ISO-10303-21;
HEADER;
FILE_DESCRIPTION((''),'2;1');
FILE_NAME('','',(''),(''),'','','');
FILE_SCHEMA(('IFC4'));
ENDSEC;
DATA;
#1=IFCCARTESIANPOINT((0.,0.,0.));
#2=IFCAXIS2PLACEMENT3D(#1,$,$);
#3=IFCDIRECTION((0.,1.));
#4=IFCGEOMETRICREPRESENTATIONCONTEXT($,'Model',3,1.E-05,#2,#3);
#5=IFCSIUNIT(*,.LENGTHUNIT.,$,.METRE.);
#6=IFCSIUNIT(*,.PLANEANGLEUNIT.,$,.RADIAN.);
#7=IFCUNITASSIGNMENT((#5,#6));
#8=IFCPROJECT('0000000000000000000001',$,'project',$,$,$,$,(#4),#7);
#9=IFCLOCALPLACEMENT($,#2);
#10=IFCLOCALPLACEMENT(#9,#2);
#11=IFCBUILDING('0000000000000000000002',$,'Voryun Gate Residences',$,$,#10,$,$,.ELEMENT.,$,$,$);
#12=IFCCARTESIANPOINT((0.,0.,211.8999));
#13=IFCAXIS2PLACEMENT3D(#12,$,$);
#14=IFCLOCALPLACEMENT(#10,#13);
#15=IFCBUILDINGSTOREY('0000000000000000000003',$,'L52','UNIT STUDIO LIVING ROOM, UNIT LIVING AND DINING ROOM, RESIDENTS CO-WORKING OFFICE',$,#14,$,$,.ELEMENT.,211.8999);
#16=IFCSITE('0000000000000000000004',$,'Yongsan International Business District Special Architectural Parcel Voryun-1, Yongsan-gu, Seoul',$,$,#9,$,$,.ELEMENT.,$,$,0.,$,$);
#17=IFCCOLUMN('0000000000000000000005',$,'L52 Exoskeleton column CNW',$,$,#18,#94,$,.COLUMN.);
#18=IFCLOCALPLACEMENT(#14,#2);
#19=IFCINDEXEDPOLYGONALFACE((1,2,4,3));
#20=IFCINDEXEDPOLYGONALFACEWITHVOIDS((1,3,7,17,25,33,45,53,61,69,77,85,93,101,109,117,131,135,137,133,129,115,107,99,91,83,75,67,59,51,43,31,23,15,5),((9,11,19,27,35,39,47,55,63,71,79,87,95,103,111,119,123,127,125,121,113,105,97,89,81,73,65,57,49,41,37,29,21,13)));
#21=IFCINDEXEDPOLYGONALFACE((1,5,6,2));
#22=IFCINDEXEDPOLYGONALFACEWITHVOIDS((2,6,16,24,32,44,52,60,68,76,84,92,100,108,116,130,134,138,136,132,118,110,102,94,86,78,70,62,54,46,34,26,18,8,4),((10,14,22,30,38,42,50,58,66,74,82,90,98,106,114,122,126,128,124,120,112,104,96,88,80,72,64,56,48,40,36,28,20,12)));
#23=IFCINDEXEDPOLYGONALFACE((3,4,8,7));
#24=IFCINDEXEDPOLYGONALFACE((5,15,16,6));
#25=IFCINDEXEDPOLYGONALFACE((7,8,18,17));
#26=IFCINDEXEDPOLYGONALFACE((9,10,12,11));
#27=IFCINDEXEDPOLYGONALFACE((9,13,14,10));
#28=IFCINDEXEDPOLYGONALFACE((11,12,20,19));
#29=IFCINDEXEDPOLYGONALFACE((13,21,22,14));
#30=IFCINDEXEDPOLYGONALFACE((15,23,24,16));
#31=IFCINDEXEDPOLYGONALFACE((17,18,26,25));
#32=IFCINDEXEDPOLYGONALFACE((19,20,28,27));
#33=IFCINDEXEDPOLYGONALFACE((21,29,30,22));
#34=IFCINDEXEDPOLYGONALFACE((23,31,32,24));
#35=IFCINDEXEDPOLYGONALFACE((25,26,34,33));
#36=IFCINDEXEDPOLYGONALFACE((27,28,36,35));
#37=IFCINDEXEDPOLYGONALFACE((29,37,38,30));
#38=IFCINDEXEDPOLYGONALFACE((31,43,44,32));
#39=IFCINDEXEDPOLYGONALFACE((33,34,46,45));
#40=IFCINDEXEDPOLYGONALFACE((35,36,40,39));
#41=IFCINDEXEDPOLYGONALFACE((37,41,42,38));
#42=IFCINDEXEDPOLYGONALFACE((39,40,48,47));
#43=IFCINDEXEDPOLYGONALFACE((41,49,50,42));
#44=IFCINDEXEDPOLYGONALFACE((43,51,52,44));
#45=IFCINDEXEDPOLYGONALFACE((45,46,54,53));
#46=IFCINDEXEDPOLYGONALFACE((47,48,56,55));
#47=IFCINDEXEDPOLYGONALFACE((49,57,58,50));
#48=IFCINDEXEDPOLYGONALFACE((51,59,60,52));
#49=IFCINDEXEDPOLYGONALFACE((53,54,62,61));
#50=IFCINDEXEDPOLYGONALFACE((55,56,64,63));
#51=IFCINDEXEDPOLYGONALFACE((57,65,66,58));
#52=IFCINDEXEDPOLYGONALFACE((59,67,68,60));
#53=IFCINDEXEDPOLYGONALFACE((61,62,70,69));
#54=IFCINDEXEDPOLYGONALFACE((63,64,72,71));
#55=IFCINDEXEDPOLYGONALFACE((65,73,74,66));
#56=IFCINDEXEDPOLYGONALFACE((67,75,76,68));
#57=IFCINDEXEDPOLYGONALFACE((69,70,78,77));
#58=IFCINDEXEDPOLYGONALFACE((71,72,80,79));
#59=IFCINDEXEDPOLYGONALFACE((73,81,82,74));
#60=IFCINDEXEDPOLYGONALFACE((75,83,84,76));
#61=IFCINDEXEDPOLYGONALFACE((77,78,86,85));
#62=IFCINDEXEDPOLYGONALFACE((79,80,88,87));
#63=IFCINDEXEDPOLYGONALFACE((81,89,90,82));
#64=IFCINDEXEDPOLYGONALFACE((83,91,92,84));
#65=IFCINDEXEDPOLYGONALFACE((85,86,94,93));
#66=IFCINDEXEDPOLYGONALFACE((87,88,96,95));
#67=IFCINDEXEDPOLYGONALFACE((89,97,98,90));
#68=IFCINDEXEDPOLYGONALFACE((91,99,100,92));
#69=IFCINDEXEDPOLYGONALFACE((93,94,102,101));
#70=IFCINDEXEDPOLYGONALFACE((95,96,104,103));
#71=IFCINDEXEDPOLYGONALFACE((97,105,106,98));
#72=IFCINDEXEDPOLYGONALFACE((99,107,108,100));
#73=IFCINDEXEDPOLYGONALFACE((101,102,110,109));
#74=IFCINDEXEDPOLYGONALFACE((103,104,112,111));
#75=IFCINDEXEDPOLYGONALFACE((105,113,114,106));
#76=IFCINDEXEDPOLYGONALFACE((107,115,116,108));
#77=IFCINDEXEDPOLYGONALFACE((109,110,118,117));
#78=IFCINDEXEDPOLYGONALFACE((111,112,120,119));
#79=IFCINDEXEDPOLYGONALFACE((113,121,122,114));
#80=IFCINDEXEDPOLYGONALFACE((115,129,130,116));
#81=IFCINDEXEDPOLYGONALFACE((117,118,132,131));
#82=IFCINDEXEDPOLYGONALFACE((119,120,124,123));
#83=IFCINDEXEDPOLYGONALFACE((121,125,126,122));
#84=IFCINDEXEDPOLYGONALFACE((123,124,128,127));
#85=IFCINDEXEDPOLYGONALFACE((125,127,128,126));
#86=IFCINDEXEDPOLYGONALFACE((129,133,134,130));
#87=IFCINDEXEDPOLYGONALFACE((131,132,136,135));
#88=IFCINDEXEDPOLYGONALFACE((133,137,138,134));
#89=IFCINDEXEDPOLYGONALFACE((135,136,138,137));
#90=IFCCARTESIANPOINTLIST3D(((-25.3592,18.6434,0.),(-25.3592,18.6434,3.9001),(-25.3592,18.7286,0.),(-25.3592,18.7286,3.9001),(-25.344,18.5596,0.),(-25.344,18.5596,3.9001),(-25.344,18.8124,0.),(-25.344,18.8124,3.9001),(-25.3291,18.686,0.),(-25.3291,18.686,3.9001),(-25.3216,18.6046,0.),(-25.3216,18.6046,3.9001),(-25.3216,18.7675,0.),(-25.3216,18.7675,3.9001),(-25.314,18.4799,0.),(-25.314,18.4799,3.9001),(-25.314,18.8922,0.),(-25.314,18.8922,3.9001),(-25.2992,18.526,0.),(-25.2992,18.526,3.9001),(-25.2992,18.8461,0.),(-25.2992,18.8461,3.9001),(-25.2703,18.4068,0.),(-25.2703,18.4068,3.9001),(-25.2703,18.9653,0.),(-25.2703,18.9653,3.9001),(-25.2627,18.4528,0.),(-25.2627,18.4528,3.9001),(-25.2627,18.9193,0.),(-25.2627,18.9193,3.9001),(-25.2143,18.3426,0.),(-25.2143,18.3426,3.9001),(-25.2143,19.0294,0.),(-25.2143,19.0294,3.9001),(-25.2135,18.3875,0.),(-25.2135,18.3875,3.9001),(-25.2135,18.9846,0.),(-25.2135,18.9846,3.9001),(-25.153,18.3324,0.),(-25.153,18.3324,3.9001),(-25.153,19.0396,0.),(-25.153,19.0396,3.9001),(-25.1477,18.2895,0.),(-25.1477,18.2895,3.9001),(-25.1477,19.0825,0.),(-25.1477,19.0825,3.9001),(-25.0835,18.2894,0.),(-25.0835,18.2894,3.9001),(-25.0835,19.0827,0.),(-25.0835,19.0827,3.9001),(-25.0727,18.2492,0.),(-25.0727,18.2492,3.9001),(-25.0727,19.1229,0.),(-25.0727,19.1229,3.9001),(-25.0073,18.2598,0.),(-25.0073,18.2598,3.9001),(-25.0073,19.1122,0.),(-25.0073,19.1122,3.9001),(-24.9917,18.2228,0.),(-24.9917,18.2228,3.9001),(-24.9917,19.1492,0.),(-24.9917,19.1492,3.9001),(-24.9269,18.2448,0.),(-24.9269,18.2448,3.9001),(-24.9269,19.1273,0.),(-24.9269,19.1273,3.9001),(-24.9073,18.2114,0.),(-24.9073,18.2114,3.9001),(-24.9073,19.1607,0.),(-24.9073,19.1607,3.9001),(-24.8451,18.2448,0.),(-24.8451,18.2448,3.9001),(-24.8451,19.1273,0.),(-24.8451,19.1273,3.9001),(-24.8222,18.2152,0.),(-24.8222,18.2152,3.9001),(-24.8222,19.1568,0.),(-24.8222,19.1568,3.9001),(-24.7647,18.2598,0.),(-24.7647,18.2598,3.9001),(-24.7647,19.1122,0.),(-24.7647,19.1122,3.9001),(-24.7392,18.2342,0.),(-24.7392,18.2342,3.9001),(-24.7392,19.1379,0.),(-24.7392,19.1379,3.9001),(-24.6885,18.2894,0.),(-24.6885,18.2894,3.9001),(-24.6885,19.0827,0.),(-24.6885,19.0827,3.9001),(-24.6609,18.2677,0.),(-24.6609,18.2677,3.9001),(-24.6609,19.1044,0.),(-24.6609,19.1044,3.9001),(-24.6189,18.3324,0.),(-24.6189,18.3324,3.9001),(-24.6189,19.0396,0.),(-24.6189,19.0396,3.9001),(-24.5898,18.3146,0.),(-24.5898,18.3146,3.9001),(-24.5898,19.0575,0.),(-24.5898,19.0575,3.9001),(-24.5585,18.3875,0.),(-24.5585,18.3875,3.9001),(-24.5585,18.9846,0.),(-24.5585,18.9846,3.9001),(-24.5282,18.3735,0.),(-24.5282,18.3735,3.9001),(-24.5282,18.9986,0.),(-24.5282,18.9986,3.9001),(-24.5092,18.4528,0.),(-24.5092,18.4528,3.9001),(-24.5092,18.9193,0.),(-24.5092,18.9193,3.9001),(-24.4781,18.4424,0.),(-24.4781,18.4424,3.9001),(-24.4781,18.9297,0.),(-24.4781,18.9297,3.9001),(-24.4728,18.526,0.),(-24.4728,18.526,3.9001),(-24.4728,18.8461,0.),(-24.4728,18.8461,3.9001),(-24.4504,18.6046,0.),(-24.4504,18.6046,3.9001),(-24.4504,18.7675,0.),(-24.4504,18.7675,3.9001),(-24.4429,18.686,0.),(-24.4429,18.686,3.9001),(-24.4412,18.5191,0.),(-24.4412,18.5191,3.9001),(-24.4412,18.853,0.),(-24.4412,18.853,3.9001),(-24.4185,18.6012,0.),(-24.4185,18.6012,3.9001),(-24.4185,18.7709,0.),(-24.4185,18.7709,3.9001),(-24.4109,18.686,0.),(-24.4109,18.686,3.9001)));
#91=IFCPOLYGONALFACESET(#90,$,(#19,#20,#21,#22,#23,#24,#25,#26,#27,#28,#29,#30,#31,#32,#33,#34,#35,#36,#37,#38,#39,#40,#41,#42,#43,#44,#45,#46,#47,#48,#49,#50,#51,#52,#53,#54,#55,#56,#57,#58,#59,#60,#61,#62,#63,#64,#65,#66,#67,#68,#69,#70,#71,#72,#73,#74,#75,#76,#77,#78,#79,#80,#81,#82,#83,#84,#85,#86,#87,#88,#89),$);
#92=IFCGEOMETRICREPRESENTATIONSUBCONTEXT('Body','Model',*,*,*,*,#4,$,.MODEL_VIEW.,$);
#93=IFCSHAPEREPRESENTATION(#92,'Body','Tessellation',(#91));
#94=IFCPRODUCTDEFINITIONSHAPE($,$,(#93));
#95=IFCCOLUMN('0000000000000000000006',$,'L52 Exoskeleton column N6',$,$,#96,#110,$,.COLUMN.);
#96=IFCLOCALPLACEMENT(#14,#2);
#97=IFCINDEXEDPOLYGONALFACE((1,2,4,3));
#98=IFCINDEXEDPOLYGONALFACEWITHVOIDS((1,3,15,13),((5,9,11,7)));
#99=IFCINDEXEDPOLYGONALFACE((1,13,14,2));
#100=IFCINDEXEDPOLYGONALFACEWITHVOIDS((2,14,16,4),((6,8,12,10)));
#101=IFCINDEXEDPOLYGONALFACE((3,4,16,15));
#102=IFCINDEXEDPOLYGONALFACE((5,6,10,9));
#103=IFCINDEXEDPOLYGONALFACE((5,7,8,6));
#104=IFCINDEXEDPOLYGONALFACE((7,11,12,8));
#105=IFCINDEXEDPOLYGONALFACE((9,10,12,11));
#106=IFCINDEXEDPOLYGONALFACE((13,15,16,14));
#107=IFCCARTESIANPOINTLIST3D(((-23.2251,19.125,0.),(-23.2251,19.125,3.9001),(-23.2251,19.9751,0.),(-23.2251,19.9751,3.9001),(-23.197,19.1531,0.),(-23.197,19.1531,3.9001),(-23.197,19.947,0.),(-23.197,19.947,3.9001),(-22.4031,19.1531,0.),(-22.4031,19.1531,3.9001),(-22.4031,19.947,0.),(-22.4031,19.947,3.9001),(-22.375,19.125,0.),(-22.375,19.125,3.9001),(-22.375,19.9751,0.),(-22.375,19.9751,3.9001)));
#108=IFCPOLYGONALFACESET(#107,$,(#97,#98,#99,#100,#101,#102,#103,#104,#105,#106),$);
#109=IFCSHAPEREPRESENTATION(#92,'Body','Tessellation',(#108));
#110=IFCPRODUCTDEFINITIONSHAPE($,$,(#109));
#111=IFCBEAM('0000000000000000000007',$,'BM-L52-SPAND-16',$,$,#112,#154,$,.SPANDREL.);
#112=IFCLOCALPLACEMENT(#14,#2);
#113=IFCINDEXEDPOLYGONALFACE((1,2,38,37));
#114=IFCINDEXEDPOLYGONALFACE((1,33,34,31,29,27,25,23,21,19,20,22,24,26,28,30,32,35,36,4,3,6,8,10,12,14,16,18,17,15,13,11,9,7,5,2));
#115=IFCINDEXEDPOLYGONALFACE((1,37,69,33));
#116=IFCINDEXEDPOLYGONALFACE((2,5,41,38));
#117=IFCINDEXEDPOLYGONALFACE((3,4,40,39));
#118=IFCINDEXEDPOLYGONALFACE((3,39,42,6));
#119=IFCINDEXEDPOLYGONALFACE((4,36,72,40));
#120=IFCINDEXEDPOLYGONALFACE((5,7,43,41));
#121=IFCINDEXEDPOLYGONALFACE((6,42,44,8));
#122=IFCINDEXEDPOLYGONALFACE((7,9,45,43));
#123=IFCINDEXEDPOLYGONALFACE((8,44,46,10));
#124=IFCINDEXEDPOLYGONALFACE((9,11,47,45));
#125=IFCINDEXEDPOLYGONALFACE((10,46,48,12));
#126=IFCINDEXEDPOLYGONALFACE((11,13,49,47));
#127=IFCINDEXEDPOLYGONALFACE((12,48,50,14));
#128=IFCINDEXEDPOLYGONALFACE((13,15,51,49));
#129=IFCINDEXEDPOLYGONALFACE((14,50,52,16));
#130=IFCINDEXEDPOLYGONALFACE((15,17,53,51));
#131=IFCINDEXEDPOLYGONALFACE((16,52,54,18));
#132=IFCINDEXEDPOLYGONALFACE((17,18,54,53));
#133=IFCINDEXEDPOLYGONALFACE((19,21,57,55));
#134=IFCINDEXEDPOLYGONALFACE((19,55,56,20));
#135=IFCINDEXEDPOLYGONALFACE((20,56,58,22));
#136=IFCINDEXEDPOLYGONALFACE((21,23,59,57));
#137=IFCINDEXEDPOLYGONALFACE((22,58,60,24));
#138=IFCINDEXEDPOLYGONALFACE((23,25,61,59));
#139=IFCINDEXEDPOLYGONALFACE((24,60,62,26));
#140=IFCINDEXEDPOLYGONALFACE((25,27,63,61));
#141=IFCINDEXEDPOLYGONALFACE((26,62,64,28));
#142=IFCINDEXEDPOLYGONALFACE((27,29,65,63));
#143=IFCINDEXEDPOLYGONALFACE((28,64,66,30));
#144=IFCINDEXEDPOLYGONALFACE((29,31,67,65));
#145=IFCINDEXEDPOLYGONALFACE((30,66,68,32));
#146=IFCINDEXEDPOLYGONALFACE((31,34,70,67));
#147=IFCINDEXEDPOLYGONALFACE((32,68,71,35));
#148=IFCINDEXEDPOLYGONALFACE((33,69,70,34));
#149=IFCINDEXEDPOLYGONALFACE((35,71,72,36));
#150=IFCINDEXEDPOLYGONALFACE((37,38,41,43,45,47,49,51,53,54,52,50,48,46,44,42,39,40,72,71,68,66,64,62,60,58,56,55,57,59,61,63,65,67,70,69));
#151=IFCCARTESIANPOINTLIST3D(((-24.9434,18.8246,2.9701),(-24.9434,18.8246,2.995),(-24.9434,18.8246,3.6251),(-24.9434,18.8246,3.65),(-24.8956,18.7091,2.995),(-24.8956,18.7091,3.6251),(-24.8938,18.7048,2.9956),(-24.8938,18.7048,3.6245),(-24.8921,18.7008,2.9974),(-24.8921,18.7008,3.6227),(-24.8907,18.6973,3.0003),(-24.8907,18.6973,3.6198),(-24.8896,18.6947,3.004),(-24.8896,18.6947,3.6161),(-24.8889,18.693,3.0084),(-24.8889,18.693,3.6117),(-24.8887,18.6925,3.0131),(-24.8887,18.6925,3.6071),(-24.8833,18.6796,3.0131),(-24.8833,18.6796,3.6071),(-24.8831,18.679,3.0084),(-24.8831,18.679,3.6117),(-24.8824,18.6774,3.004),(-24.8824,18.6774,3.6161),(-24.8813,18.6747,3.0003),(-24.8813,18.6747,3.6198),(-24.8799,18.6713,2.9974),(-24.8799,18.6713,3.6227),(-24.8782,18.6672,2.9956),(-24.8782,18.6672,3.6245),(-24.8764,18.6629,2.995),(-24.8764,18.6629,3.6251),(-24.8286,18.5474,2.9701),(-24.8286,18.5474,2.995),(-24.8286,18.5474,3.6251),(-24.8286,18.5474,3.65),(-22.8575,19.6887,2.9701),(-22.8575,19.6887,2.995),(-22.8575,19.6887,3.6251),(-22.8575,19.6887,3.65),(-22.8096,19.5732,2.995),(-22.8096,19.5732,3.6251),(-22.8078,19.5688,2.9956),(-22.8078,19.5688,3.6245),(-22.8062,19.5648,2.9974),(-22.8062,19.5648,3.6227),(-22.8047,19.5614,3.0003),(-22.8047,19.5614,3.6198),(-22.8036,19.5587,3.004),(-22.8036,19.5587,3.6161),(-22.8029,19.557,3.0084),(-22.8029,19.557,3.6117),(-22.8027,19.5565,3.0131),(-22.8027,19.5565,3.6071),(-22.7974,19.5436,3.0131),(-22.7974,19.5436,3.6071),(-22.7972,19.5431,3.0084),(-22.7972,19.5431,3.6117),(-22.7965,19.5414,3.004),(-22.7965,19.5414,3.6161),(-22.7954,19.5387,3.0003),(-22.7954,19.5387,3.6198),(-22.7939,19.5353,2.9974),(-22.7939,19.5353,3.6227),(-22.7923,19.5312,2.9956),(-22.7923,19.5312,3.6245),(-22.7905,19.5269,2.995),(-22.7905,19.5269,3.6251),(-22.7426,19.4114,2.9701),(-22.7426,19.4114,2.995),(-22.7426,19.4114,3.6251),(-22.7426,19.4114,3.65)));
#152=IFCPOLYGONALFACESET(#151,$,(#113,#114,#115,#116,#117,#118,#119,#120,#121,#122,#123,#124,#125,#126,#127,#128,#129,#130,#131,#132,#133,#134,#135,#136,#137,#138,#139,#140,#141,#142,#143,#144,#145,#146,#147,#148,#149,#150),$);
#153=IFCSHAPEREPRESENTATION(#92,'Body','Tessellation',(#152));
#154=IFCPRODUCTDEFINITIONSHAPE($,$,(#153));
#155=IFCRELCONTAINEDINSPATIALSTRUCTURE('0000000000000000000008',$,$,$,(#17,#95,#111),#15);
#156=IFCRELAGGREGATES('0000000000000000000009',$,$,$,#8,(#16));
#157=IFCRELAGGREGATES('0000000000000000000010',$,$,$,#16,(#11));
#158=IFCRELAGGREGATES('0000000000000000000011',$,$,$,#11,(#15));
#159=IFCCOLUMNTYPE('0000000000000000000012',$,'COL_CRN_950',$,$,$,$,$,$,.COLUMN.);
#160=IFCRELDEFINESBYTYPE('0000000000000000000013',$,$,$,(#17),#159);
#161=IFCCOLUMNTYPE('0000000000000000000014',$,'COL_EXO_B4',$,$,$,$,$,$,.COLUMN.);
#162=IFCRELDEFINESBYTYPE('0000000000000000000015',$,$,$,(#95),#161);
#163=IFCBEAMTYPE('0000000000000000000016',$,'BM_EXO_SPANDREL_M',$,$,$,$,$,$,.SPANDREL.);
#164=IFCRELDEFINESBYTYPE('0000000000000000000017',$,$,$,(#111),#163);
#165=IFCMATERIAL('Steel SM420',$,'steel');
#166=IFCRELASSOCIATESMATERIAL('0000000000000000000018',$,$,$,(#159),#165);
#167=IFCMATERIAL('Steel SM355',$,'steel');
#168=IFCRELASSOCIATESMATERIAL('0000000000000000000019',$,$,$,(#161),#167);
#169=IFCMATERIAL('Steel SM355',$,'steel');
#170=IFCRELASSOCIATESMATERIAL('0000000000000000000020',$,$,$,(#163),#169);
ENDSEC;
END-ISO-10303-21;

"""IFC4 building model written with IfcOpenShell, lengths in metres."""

from ifc_helpers import new_model, si_unit, direction, frame, origin, origin_2d, place, context, subcontext, project, spatial, hollow_rectangle, hollow_circle, i_section, extrude, material, material_profile, profile_set, type_object, element, save


model = new_model("IFC4")

# Units and contexts
model_context = context("Model", 3, precision=1e-05, world=origin(), true_north=direction((0.0, 1.0)))
body_context = subcontext(model_context, "Body", "Model", "MODEL_VIEW")
ifc_project = project(units=[si_unit("LENGTHUNIT", "METRE"), si_unit("PLANEANGLEUNIT", "RADIAN")], contexts=[model_context])

# Site, building, storey
site_placement = place(None, origin())
site = spatial("IfcSite", under=ifc_project, at=site_placement, Name="Yongsan International Business District Special Architectural Parcel Voryun-1, Yongsan-gu, Seoul", CompositionType="ELEMENT", RefElevation=0.0)
building_placement = place(site_placement, origin())
building = spatial("IfcBuilding", under=site, at=building_placement, Name="Voryun Gate Residences", CompositionType="ELEMENT")
storey_placement = place(building_placement, frame((0.0, 0.0, 211.8999)))
storey = spatial("IfcBuildingStorey", under=building, at=storey_placement, Name="L52", Description="UNIT STUDIO LIVING ROOM, UNIT LIVING AND DINING ROOM, RESIDENTS CO-WORKING OFFICE", CompositionType="ELEMENT", Elevation=211.8999)

# Columns
ifc_material_1 = material(Name="Steel SM420", Category="steel")
ifc_material_profile_1 = material_profile(ifc_material_1, hollow_circle(Radius=0.4751, WallThickness=0.032, at=origin_2d()), Name="CHS-950x32")
ifc_profile_set_1 = profile_set([ifc_material_profile_1], Name="Steel SM420")
column_type_1 = type_object("IfcColumnType", Name="COL_CRN_950", PredefinedType="COLUMN", material=ifc_profile_set_1)
column_1_placement = place(storey_placement, frame((-24.886, 18.686, 0.0), z_axis=(0.0, 0.0, 1.0), x_axis=(1.0, 0.0, 0.0)))
element("IfcColumn", 1, at=column_1_placement, inside=storey, type_object=column_type_1, Name="L52 Exoskeleton column CNW", PredefinedType="COLUMN", context=body_context, shape_type="SweptSolid", body=[
    extrude(hollow_circle(Radius=0.4751, WallThickness=0.032, at=origin_2d()), origin(), (0.0, 0.0, 1.0), 3.9001),
])
ifc_material_2 = material(Name="Steel SM355", Category="steel")
ifc_material_profile_2 = material_profile(ifc_material_2, hollow_rectangle(XDim=0.8501, YDim=0.8501, WallThickness=0.0281, at=origin_2d()), Name="BOX-850x850x28")
ifc_profile_set_2 = profile_set([ifc_material_profile_2], Name="Steel SM355")
column_type_2 = type_object("IfcColumnType", Name="COL_EXO_B4", PredefinedType="COLUMN", material=ifc_profile_set_2)
column_2_placement = place(storey_placement, frame((-22.8, 19.55, 0.0), z_axis=(0.0, 0.0, 1.0), x_axis=(1.0, 0.0, 0.0)))
element("IfcColumn", 2, at=column_2_placement, inside=storey, type_object=column_type_2, Name="L52 Exoskeleton column N6", PredefinedType="COLUMN", context=body_context, shape_type="SweptSolid", body=[
    extrude(hollow_rectangle(XDim=0.8501, YDim=0.8501, WallThickness=0.0281, at=origin_2d()), origin(), (0.0, 0.0, 1.0), 3.9001),
])

# Beam
ifc_material_3 = material(Name="Steel SM355", Category="steel")
ifc_material_profile_3 = material_profile(ifc_material_3, i_section(OverallWidth=0.3, OverallDepth=0.6799, WebThickness=0.0139, FlangeThickness=0.0249, FilletRadius=0.0181, at=origin_2d()), Name="H-680x300x14x25")
ifc_profile_set_3 = profile_set([ifc_material_profile_3], Name="Steel SM355")
beam_type = type_object("IfcBeamType", Name="BM_EXO_SPANDREL_M", PredefinedType="SPANDREL", material=ifc_profile_set_3)
beam_1_placement = place(storey_placement, frame((-22.8, 19.55, 3.3101), z_axis=(-0.923881, -0.38268, 0.0), x_axis=(0.38268, -0.923881, 0.0)))
element("IfcBeam", 3, at=beam_1_placement, inside=storey, type_object=beam_type, Name="BM-L52-SPAND-16", PredefinedType="SPANDREL", context=body_context, shape_type="SweptSolid", body=[
    extrude(i_section(OverallWidth=0.3, OverallDepth=0.6799, WebThickness=0.0139, FlangeThickness=0.0249, FilletRadius=0.0181, at=origin_2d()), origin(), (0.0, 0.0, 1.0), 2.2578),
])

save(model, "model.ifc")
